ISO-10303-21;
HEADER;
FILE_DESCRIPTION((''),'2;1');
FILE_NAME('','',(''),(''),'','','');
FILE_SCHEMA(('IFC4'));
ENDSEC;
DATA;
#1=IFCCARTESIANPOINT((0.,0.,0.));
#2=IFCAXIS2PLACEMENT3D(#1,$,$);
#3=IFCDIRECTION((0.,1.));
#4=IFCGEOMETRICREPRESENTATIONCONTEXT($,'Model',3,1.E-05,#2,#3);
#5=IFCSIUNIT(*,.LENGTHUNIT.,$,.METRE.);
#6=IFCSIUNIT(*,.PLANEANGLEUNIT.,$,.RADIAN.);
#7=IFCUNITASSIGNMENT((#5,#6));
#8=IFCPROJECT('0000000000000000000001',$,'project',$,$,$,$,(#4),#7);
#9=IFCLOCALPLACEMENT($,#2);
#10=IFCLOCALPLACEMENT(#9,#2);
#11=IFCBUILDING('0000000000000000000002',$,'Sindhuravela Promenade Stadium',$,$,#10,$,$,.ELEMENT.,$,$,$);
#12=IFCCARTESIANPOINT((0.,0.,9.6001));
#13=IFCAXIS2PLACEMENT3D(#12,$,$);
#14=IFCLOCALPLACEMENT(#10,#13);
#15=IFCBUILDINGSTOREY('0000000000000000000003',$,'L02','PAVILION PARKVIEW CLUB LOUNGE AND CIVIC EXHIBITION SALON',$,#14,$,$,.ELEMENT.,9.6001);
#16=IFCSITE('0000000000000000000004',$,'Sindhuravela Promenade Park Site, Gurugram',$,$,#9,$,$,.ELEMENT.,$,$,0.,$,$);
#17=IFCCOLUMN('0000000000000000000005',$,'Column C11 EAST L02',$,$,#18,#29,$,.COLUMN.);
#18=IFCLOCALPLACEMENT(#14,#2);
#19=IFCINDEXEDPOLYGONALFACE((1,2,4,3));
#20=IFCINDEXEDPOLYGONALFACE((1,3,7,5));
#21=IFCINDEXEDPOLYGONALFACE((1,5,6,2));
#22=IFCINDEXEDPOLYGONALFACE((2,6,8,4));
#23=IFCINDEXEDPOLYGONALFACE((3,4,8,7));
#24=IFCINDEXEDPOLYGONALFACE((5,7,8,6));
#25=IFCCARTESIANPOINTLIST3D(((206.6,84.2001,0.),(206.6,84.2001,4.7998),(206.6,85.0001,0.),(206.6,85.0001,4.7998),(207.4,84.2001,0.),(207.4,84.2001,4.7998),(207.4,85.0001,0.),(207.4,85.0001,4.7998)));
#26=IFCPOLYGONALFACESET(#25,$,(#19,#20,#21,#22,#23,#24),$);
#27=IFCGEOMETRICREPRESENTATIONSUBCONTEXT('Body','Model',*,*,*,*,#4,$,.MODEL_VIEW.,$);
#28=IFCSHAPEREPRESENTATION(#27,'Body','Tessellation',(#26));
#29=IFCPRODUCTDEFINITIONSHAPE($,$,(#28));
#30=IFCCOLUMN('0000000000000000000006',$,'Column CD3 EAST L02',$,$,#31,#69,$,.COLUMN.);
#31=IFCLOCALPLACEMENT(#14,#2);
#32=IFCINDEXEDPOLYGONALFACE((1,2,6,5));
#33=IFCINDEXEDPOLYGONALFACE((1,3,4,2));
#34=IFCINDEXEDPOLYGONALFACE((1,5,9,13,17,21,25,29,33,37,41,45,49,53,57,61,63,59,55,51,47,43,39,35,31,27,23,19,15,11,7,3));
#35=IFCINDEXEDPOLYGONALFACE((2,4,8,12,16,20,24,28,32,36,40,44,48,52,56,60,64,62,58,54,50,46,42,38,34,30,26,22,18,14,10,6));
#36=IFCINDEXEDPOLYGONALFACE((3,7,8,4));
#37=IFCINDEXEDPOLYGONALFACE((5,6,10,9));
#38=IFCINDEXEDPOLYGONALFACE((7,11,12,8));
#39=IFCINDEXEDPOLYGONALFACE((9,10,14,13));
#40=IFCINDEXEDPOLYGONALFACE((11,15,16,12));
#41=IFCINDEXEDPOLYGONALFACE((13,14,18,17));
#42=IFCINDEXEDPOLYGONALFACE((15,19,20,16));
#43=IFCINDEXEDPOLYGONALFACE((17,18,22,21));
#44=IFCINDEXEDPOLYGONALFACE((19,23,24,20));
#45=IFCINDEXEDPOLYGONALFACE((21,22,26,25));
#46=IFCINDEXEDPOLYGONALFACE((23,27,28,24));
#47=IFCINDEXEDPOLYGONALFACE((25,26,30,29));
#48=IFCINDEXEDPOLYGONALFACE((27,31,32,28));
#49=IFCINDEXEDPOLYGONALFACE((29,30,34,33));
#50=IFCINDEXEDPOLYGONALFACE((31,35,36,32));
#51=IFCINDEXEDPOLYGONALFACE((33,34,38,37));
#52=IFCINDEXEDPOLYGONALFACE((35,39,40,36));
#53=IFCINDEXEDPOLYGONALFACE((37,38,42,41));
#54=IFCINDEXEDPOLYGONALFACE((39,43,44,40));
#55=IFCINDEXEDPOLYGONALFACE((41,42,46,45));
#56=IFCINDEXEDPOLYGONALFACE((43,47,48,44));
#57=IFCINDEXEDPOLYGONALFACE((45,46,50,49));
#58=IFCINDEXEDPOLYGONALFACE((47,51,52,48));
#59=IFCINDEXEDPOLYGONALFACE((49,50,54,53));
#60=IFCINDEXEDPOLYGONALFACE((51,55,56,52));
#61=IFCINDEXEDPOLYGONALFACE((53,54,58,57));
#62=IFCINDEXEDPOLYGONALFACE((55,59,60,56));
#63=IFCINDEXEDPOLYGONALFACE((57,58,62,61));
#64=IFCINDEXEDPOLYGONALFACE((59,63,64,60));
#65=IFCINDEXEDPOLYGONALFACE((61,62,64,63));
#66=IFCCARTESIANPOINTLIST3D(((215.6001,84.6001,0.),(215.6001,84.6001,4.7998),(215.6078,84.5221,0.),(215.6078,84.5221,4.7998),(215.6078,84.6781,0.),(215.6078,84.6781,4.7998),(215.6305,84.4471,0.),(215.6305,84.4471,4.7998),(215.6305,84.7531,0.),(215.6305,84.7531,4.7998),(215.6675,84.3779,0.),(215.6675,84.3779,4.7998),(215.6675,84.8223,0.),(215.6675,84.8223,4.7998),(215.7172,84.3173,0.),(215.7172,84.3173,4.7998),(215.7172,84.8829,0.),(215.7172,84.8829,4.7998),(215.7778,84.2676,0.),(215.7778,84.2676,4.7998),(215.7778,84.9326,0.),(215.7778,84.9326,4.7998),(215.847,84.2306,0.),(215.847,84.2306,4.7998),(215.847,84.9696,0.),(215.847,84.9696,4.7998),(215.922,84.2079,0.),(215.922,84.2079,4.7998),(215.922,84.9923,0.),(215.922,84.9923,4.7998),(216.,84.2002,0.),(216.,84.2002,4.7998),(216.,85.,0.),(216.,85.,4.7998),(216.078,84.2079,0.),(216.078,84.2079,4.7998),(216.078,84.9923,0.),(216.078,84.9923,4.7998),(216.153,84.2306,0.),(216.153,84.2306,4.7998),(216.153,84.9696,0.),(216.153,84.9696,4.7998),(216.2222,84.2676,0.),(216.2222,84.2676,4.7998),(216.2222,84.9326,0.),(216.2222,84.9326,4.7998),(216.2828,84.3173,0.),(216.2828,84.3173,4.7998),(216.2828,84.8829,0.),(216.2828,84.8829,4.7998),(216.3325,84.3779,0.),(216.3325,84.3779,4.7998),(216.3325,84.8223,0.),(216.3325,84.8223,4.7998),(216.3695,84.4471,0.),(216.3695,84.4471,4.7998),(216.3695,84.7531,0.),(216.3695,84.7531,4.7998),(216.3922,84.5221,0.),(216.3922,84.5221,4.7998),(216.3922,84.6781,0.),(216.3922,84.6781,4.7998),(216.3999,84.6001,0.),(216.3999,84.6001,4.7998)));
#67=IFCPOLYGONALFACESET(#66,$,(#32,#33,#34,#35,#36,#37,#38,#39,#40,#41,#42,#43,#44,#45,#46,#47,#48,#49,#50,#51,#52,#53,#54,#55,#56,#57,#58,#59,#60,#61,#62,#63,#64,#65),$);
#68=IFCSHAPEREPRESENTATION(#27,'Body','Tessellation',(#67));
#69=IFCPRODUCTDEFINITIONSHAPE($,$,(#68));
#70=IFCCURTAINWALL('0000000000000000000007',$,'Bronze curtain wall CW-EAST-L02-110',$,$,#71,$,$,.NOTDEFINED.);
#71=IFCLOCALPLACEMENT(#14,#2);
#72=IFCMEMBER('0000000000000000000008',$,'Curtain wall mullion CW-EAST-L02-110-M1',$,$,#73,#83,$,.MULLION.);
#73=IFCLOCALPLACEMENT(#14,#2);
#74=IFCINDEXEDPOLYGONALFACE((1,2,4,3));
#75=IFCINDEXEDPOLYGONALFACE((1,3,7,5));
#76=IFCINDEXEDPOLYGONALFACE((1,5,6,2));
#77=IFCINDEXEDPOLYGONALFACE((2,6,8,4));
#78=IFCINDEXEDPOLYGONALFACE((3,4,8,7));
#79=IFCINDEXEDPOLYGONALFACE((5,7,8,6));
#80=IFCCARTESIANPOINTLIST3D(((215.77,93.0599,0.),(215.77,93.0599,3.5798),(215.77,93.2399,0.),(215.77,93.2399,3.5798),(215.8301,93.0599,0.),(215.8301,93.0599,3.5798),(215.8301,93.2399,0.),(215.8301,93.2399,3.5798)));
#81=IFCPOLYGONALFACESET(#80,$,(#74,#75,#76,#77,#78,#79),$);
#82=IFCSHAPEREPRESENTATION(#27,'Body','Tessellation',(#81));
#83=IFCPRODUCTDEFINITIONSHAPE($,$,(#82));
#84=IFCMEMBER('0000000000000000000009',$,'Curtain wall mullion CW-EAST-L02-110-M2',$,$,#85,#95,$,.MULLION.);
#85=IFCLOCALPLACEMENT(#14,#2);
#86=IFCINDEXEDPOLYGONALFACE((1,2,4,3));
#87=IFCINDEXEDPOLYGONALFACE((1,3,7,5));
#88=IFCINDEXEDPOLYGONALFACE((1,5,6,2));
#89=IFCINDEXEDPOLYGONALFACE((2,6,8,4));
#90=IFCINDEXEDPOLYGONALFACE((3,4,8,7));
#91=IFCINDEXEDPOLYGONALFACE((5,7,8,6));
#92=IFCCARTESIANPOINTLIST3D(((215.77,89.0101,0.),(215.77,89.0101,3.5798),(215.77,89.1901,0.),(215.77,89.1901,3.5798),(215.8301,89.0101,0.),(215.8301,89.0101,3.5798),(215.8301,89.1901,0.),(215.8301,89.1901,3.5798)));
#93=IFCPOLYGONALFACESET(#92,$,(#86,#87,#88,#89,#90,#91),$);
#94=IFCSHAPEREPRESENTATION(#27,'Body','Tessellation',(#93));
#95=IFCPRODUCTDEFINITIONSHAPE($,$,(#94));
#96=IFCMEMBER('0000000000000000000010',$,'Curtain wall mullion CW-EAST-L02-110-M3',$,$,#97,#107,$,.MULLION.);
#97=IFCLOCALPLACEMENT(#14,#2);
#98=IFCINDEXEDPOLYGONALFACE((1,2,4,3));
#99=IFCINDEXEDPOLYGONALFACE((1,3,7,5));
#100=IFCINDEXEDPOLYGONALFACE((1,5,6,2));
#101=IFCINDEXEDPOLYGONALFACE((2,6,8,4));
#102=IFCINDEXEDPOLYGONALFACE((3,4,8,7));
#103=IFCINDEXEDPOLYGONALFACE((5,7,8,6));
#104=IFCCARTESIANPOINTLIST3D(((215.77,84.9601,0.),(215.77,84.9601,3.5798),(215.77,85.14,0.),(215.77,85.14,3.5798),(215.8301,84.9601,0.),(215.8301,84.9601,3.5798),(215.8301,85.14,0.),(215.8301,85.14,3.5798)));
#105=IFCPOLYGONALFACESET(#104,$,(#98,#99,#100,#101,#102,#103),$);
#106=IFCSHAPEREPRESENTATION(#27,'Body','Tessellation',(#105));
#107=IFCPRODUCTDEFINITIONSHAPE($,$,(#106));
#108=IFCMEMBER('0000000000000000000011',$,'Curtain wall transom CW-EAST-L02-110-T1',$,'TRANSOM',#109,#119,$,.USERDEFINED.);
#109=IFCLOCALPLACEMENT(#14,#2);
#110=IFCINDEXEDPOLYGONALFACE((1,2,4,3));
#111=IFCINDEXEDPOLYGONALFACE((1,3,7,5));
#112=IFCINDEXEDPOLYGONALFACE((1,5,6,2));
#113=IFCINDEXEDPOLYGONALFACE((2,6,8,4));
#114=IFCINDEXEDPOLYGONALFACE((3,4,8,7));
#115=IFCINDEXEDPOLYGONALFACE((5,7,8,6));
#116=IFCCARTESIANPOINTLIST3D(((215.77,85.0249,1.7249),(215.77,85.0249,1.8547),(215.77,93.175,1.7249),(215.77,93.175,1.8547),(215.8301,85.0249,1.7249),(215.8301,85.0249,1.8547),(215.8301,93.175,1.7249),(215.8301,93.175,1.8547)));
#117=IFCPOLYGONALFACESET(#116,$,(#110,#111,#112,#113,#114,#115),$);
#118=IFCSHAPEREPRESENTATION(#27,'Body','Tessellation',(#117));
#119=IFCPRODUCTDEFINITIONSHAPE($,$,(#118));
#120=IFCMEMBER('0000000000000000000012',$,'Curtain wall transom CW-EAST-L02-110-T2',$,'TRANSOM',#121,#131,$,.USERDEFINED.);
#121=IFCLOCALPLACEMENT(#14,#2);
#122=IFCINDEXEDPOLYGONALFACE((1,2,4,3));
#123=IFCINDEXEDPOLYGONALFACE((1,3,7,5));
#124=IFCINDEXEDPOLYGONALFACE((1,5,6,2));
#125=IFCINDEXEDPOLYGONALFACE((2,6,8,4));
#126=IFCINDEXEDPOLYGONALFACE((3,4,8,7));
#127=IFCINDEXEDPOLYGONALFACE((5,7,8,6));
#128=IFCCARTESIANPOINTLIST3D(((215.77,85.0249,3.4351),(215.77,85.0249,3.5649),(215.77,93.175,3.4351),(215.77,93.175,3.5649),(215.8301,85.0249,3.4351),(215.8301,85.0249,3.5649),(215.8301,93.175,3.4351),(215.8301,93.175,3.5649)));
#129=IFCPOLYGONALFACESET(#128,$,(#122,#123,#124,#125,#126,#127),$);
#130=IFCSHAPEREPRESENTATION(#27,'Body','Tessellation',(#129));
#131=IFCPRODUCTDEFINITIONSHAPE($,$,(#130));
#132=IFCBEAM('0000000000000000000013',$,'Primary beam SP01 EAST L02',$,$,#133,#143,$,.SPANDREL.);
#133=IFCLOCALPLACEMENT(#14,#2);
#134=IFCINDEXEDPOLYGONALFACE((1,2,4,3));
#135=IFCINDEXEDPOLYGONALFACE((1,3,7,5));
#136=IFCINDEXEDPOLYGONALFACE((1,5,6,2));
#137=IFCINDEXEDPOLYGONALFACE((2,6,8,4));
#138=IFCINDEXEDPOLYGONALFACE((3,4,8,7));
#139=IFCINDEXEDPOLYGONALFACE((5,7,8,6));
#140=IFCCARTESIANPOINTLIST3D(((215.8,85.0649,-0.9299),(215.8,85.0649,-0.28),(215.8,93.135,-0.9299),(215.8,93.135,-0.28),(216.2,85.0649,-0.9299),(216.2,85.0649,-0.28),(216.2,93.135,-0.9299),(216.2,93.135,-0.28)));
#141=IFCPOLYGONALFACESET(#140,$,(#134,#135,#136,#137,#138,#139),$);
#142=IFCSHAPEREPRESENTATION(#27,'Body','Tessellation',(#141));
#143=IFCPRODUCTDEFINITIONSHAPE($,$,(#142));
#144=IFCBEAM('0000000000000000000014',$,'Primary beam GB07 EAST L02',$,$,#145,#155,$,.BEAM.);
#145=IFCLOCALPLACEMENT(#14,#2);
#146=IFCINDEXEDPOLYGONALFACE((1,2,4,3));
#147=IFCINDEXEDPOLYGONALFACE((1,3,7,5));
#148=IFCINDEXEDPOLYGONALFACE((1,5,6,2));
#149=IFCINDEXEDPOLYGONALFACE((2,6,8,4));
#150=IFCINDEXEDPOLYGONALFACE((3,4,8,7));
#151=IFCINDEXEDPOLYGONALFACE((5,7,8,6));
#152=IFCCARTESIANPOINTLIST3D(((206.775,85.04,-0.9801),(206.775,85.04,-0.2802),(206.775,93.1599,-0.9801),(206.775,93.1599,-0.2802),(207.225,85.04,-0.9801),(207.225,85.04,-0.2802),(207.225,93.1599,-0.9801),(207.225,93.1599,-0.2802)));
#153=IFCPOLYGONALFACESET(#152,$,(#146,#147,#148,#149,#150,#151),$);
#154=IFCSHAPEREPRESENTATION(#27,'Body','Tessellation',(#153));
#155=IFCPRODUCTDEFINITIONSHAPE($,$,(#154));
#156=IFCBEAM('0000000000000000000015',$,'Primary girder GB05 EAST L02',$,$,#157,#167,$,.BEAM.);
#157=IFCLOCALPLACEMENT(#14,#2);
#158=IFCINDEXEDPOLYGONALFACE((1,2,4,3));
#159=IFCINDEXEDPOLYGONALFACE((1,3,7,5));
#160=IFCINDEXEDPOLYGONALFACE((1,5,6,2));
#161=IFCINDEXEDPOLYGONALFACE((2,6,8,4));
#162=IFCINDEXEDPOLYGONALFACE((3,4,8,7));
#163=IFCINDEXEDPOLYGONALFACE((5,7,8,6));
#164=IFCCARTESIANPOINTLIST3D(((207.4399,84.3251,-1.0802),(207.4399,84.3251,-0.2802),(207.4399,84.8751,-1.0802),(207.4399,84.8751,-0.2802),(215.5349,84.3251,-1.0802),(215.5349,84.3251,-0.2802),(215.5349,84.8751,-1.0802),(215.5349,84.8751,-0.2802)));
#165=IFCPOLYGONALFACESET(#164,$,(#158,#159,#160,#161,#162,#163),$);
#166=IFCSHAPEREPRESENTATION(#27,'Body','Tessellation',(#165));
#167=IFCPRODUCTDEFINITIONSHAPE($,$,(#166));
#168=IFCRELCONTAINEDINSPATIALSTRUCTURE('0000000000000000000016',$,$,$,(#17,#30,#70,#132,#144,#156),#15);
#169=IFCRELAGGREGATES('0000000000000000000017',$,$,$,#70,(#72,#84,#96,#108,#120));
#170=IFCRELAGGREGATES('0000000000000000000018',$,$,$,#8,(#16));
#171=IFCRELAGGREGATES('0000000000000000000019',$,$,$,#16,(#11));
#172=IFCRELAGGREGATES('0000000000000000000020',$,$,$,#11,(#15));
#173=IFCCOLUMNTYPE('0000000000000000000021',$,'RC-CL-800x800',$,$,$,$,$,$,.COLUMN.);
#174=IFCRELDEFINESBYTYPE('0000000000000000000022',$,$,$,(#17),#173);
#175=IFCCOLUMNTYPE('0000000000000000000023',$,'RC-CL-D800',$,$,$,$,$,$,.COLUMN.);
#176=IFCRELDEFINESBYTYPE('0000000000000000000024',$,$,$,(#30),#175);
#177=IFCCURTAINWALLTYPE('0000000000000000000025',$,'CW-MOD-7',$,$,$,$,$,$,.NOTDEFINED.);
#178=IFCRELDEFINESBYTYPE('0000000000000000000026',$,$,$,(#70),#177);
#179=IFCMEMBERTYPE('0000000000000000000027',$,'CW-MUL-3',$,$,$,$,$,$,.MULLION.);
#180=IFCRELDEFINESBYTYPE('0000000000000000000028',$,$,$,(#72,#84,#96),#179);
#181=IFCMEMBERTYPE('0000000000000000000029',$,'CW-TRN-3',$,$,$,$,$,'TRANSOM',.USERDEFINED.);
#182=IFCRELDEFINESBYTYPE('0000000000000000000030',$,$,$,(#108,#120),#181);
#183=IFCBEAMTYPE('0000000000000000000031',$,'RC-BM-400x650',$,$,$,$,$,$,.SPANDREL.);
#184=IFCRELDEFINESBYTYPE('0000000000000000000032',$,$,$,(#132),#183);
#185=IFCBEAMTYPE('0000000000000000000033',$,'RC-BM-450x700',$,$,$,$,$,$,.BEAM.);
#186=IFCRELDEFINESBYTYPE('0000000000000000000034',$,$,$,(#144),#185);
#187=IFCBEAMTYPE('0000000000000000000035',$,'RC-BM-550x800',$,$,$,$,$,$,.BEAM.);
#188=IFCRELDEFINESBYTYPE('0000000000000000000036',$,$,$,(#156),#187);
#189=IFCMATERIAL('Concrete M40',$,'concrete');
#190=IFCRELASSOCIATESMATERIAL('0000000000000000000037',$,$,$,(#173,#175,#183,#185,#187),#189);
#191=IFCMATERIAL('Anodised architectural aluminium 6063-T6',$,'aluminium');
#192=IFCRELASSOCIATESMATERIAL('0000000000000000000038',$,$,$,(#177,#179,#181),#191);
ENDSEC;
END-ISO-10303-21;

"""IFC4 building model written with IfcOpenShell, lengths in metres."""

from ifc_helpers import new_model, si_unit, direction, frame, origin, origin_2d, place, context, subcontext, project, spatial, rectangle, circle, extrude, material, material_profile, profile_set, type_object, element, aggregate, save


model = new_model("IFC4")

# Units and contexts
model_context = context("Model", 3, precision=1e-05, world=origin(), true_north=direction((0.0, 1.0)))
body_context = subcontext(model_context, "Body", "Model", "MODEL_VIEW")
ifc_project = project(units=[si_unit("LENGTHUNIT", "METRE"), si_unit("PLANEANGLEUNIT", "RADIAN")], contexts=[model_context])

# Site, building, storey
site_placement = place(None, origin())
site = spatial("IfcSite", under=ifc_project, at=site_placement, Name="Sindhuravela Promenade Park Site, Gurugram", CompositionType="ELEMENT", RefElevation=0.0)
building_placement = place(site_placement, origin())
building = spatial("IfcBuilding", under=site, at=building_placement, Name="Sindhuravela Promenade Stadium", CompositionType="ELEMENT")
storey_placement = place(building_placement, frame((0.0, 0.0, 9.6001)))
storey = spatial("IfcBuildingStorey", under=building, at=storey_placement, Name="L02", Description="PAVILION PARKVIEW CLUB LOUNGE AND CIVIC EXHIBITION SALON", CompositionType="ELEMENT", Elevation=9.6001)

# Columns
ifc_material_1 = material(Name="Concrete M40", Category="concrete")
ifc_material_profile_1 = material_profile(ifc_material_1, rectangle(XDim=0.8, YDim=0.8, at=origin_2d()), Name="RC 800x800")
ifc_profile_set_1 = profile_set([ifc_material_profile_1], Name="Concrete M40")
column_type_1 = type_object("IfcColumnType", Name="RC-CL-800x800", PredefinedType="COLUMN", material=ifc_profile_set_1)
column_1_placement = place(storey_placement, frame((207.0, 84.6001, 0.0), z_axis=(0.0, 0.0, 1.0), x_axis=(1.0, 0.0, 0.0)))
element("IfcColumn", 1, at=column_1_placement, inside=storey, type_object=column_type_1, Name="Column C11 EAST L02", PredefinedType="COLUMN", context=body_context, shape_type="SweptSolid", body=[
    extrude(rectangle(XDim=0.8, YDim=0.8, at=origin_2d()), origin(), (0.0, 0.0, 1.0), 4.7998),
])
ifc_material_profile_2 = material_profile(ifc_material_1, circle(Radius=0.3999, at=origin_2d()), Name="RC D800")
ifc_profile_set_2 = profile_set([ifc_material_profile_2], Name="Concrete M40")
column_type_2 = type_object("IfcColumnType", Name="RC-CL-D800", PredefinedType="COLUMN", material=ifc_profile_set_2)
column_2_placement = place(storey_placement, frame((216.0, 84.6001, 0.0), z_axis=(0.0, 0.0, 1.0), x_axis=(1.0, 0.0, 0.0)))
element("IfcColumn", 2, at=column_2_placement, inside=storey, type_object=column_type_2, Name="Column CD3 EAST L02", PredefinedType="COLUMN", context=body_context, shape_type="SweptSolid", body=[
    extrude(circle(Radius=0.3999, at=origin_2d()), origin(), (0.0, 0.0, 1.0), 4.7998),
])

# Curtain wall, members
ifc_material_2 = material(Name="Anodised architectural aluminium 6063-T6", Category="aluminium")
curtain_wall_type = type_object("IfcCurtainWallType", Name="CW-MOD-7", PredefinedType="NOTDEFINED", material=ifc_material_2)
curtain_wall_placement = place(storey_placement, origin())
curtain_wall = element("IfcCurtainWall", 3, at=curtain_wall_placement, inside=storey, type_object=curtain_wall_type, Name="Bronze curtain wall CW-EAST-L02-110", PredefinedType="NOTDEFINED")
ifc_material_profile_3 = material_profile(ifc_material_2, rectangle(XDim=0.0601, YDim=0.1799, at=origin_2d()), Name="ALU M60x180")
ifc_profile_set_3 = profile_set([ifc_material_profile_3], Name="Anodised architectural aluminium 6063-T6")
member_type_1 = type_object("IfcMemberType", Name="CW-MUL-3", PredefinedType="MULLION", material=ifc_profile_set_3)
member_1_placement = place(storey_placement, frame((215.8, 93.1499, 0.0), z_axis=(0.0, 0.0, 1.0), x_axis=(1.0, 0.0, 0.0)))
member_1 = element("IfcMember", 4, at=member_1_placement, type_object=member_type_1, Name="Curtain wall mullion CW-EAST-L02-110-M1", PredefinedType="MULLION", context=body_context, shape_type="SweptSolid", body=[
    extrude(rectangle(XDim=0.0601, YDim=0.1799, at=origin_2d()), origin(), (0.0, 0.0, 1.0), 3.5798),
])
member_2_placement = place(storey_placement, frame((215.8, 89.1001, 0.0), z_axis=(0.0, 0.0, 1.0), x_axis=(1.0, 0.0, 0.0)))
member_2 = element("IfcMember", 5, at=member_2_placement, type_object=member_type_1, Name="Curtain wall mullion CW-EAST-L02-110-M2", PredefinedType="MULLION", context=body_context, shape_type="SweptSolid", body=[
    extrude(rectangle(XDim=0.0601, YDim=0.1799, at=origin_2d()), origin(), (0.0, 0.0, 1.0), 3.5798),
])
member_3_placement = place(storey_placement, frame((215.8, 85.05, 0.0), z_axis=(0.0, 0.0, 1.0), x_axis=(1.0, 0.0, 0.0)))
member_3 = element("IfcMember", 6, at=member_3_placement, type_object=member_type_1, Name="Curtain wall mullion CW-EAST-L02-110-M3", PredefinedType="MULLION", context=body_context, shape_type="SweptSolid", body=[
    extrude(rectangle(XDim=0.0601, YDim=0.1799, at=origin_2d()), origin(), (0.0, 0.0, 1.0), 3.5798),
])
ifc_material_profile_4 = material_profile(ifc_material_2, rectangle(XDim=0.0601, YDim=0.1299, at=origin_2d()), Name="ALU T60x130")
ifc_profile_set_4 = profile_set([ifc_material_profile_4], Name="Anodised architectural aluminium 6063-T6")
member_type_2 = type_object("IfcMemberType", Name="CW-TRN-3", ElementType="TRANSOM", PredefinedType="USERDEFINED", material=ifc_profile_set_4)
member_4_placement = place(storey_placement, frame((215.8, 93.175, 1.7898), z_axis=(0.0, -1.0, 0.0), x_axis=(1.0, 0.0, 0.0)))
member_4 = element("IfcMember", 7, at=member_4_placement, type_object=member_type_2, Name="Curtain wall transom CW-EAST-L02-110-T1", ObjectType="TRANSOM", PredefinedType="USERDEFINED", context=body_context, shape_type="SweptSolid", body=[
    extrude(rectangle(XDim=0.0601, YDim=0.1299, at=origin_2d()), origin(), (0.0, 0.0, 1.0), 8.1501),
])
member_5_placement = place(storey_placement, frame((215.8, 93.175, 3.5), z_axis=(0.0, -1.0, 0.0), x_axis=(1.0, 0.0, 0.0)))
member_5 = element("IfcMember", 8, at=member_5_placement, type_object=member_type_2, Name="Curtain wall transom CW-EAST-L02-110-T2", ObjectType="TRANSOM", PredefinedType="USERDEFINED", context=body_context, shape_type="SweptSolid", body=[
    extrude(rectangle(XDim=0.0601, YDim=0.1299, at=origin_2d()), origin(), (0.0, 0.0, 1.0), 8.1501),
])

# Beams
ifc_material_profile_5 = material_profile(ifc_material_1, rectangle(XDim=0.3999, YDim=0.6499, at=origin_2d()), Name="RC 400x650")
ifc_profile_set_5 = profile_set([ifc_material_profile_5], Name="Concrete M40")
beam_type_1 = type_object("IfcBeamType", Name="RC-BM-400x650", PredefinedType="SPANDREL", material=ifc_profile_set_5)
beam_1_placement = place(storey_placement, frame((216.0, 85.0649, -0.605), z_axis=(0.0, 1.0, 0.0), x_axis=(-1.0, 0.0, 0.0)))
element("IfcBeam", 9, at=beam_1_placement, inside=storey, type_object=beam_type_1, Name="Primary beam SP01 EAST L02", PredefinedType="SPANDREL", context=body_context, shape_type="SweptSolid", body=[
    extrude(rectangle(XDim=0.3999, YDim=0.6499, at=origin_2d()), origin(), (0.0, 0.0, 1.0), 8.0701),
])
ifc_material_profile_6 = material_profile(ifc_material_1, rectangle(XDim=0.45, YDim=0.7, at=origin_2d()), Name="RC 450x700")
ifc_profile_set_6 = profile_set([ifc_material_profile_6], Name="Concrete M40")
beam_type_2 = type_object("IfcBeamType", Name="RC-BM-450x700", PredefinedType="BEAM", material=ifc_profile_set_6)
beam_2_placement = place(storey_placement, frame((207.0, 85.04, -0.6301), z_axis=(0.0, 1.0, 0.0), x_axis=(-1.0, 0.0, 0.0)))
element("IfcBeam", 10, at=beam_2_placement, inside=storey, type_object=beam_type_2, Name="Primary beam GB07 EAST L02", PredefinedType="BEAM", context=body_context, shape_type="SweptSolid", body=[
    extrude(rectangle(XDim=0.45, YDim=0.7, at=origin_2d()), origin(), (0.0, 0.0, 1.0), 8.1199),
])
ifc_material_profile_7 = material_profile(ifc_material_1, rectangle(XDim=0.55, YDim=0.8, at=origin_2d()), Name="RC 550x800")
ifc_profile_set_7 = profile_set([ifc_material_profile_7], Name="Concrete M40")
beam_type_3 = type_object("IfcBeamType", Name="RC-BM-550x800", PredefinedType="BEAM", material=ifc_profile_set_7)
beam_3_placement = place(storey_placement, frame((207.4399, 84.6001, -0.6802), z_axis=(1.0, 0.0, 0.0), x_axis=(0.0, 1.0, 0.0)))
element("IfcBeam", 11, at=beam_3_placement, inside=storey, type_object=beam_type_3, Name="Primary girder GB05 EAST L02", PredefinedType="BEAM", context=body_context, shape_type="SweptSolid", body=[
    extrude(rectangle(XDim=0.55, YDim=0.8, at=origin_2d()), origin(), (0.0, 0.0, 1.0), 8.095),
])

aggregate(curtain_wall, [member_1, member_2, member_3, member_4, member_5])

save(model, "model.ifc")
